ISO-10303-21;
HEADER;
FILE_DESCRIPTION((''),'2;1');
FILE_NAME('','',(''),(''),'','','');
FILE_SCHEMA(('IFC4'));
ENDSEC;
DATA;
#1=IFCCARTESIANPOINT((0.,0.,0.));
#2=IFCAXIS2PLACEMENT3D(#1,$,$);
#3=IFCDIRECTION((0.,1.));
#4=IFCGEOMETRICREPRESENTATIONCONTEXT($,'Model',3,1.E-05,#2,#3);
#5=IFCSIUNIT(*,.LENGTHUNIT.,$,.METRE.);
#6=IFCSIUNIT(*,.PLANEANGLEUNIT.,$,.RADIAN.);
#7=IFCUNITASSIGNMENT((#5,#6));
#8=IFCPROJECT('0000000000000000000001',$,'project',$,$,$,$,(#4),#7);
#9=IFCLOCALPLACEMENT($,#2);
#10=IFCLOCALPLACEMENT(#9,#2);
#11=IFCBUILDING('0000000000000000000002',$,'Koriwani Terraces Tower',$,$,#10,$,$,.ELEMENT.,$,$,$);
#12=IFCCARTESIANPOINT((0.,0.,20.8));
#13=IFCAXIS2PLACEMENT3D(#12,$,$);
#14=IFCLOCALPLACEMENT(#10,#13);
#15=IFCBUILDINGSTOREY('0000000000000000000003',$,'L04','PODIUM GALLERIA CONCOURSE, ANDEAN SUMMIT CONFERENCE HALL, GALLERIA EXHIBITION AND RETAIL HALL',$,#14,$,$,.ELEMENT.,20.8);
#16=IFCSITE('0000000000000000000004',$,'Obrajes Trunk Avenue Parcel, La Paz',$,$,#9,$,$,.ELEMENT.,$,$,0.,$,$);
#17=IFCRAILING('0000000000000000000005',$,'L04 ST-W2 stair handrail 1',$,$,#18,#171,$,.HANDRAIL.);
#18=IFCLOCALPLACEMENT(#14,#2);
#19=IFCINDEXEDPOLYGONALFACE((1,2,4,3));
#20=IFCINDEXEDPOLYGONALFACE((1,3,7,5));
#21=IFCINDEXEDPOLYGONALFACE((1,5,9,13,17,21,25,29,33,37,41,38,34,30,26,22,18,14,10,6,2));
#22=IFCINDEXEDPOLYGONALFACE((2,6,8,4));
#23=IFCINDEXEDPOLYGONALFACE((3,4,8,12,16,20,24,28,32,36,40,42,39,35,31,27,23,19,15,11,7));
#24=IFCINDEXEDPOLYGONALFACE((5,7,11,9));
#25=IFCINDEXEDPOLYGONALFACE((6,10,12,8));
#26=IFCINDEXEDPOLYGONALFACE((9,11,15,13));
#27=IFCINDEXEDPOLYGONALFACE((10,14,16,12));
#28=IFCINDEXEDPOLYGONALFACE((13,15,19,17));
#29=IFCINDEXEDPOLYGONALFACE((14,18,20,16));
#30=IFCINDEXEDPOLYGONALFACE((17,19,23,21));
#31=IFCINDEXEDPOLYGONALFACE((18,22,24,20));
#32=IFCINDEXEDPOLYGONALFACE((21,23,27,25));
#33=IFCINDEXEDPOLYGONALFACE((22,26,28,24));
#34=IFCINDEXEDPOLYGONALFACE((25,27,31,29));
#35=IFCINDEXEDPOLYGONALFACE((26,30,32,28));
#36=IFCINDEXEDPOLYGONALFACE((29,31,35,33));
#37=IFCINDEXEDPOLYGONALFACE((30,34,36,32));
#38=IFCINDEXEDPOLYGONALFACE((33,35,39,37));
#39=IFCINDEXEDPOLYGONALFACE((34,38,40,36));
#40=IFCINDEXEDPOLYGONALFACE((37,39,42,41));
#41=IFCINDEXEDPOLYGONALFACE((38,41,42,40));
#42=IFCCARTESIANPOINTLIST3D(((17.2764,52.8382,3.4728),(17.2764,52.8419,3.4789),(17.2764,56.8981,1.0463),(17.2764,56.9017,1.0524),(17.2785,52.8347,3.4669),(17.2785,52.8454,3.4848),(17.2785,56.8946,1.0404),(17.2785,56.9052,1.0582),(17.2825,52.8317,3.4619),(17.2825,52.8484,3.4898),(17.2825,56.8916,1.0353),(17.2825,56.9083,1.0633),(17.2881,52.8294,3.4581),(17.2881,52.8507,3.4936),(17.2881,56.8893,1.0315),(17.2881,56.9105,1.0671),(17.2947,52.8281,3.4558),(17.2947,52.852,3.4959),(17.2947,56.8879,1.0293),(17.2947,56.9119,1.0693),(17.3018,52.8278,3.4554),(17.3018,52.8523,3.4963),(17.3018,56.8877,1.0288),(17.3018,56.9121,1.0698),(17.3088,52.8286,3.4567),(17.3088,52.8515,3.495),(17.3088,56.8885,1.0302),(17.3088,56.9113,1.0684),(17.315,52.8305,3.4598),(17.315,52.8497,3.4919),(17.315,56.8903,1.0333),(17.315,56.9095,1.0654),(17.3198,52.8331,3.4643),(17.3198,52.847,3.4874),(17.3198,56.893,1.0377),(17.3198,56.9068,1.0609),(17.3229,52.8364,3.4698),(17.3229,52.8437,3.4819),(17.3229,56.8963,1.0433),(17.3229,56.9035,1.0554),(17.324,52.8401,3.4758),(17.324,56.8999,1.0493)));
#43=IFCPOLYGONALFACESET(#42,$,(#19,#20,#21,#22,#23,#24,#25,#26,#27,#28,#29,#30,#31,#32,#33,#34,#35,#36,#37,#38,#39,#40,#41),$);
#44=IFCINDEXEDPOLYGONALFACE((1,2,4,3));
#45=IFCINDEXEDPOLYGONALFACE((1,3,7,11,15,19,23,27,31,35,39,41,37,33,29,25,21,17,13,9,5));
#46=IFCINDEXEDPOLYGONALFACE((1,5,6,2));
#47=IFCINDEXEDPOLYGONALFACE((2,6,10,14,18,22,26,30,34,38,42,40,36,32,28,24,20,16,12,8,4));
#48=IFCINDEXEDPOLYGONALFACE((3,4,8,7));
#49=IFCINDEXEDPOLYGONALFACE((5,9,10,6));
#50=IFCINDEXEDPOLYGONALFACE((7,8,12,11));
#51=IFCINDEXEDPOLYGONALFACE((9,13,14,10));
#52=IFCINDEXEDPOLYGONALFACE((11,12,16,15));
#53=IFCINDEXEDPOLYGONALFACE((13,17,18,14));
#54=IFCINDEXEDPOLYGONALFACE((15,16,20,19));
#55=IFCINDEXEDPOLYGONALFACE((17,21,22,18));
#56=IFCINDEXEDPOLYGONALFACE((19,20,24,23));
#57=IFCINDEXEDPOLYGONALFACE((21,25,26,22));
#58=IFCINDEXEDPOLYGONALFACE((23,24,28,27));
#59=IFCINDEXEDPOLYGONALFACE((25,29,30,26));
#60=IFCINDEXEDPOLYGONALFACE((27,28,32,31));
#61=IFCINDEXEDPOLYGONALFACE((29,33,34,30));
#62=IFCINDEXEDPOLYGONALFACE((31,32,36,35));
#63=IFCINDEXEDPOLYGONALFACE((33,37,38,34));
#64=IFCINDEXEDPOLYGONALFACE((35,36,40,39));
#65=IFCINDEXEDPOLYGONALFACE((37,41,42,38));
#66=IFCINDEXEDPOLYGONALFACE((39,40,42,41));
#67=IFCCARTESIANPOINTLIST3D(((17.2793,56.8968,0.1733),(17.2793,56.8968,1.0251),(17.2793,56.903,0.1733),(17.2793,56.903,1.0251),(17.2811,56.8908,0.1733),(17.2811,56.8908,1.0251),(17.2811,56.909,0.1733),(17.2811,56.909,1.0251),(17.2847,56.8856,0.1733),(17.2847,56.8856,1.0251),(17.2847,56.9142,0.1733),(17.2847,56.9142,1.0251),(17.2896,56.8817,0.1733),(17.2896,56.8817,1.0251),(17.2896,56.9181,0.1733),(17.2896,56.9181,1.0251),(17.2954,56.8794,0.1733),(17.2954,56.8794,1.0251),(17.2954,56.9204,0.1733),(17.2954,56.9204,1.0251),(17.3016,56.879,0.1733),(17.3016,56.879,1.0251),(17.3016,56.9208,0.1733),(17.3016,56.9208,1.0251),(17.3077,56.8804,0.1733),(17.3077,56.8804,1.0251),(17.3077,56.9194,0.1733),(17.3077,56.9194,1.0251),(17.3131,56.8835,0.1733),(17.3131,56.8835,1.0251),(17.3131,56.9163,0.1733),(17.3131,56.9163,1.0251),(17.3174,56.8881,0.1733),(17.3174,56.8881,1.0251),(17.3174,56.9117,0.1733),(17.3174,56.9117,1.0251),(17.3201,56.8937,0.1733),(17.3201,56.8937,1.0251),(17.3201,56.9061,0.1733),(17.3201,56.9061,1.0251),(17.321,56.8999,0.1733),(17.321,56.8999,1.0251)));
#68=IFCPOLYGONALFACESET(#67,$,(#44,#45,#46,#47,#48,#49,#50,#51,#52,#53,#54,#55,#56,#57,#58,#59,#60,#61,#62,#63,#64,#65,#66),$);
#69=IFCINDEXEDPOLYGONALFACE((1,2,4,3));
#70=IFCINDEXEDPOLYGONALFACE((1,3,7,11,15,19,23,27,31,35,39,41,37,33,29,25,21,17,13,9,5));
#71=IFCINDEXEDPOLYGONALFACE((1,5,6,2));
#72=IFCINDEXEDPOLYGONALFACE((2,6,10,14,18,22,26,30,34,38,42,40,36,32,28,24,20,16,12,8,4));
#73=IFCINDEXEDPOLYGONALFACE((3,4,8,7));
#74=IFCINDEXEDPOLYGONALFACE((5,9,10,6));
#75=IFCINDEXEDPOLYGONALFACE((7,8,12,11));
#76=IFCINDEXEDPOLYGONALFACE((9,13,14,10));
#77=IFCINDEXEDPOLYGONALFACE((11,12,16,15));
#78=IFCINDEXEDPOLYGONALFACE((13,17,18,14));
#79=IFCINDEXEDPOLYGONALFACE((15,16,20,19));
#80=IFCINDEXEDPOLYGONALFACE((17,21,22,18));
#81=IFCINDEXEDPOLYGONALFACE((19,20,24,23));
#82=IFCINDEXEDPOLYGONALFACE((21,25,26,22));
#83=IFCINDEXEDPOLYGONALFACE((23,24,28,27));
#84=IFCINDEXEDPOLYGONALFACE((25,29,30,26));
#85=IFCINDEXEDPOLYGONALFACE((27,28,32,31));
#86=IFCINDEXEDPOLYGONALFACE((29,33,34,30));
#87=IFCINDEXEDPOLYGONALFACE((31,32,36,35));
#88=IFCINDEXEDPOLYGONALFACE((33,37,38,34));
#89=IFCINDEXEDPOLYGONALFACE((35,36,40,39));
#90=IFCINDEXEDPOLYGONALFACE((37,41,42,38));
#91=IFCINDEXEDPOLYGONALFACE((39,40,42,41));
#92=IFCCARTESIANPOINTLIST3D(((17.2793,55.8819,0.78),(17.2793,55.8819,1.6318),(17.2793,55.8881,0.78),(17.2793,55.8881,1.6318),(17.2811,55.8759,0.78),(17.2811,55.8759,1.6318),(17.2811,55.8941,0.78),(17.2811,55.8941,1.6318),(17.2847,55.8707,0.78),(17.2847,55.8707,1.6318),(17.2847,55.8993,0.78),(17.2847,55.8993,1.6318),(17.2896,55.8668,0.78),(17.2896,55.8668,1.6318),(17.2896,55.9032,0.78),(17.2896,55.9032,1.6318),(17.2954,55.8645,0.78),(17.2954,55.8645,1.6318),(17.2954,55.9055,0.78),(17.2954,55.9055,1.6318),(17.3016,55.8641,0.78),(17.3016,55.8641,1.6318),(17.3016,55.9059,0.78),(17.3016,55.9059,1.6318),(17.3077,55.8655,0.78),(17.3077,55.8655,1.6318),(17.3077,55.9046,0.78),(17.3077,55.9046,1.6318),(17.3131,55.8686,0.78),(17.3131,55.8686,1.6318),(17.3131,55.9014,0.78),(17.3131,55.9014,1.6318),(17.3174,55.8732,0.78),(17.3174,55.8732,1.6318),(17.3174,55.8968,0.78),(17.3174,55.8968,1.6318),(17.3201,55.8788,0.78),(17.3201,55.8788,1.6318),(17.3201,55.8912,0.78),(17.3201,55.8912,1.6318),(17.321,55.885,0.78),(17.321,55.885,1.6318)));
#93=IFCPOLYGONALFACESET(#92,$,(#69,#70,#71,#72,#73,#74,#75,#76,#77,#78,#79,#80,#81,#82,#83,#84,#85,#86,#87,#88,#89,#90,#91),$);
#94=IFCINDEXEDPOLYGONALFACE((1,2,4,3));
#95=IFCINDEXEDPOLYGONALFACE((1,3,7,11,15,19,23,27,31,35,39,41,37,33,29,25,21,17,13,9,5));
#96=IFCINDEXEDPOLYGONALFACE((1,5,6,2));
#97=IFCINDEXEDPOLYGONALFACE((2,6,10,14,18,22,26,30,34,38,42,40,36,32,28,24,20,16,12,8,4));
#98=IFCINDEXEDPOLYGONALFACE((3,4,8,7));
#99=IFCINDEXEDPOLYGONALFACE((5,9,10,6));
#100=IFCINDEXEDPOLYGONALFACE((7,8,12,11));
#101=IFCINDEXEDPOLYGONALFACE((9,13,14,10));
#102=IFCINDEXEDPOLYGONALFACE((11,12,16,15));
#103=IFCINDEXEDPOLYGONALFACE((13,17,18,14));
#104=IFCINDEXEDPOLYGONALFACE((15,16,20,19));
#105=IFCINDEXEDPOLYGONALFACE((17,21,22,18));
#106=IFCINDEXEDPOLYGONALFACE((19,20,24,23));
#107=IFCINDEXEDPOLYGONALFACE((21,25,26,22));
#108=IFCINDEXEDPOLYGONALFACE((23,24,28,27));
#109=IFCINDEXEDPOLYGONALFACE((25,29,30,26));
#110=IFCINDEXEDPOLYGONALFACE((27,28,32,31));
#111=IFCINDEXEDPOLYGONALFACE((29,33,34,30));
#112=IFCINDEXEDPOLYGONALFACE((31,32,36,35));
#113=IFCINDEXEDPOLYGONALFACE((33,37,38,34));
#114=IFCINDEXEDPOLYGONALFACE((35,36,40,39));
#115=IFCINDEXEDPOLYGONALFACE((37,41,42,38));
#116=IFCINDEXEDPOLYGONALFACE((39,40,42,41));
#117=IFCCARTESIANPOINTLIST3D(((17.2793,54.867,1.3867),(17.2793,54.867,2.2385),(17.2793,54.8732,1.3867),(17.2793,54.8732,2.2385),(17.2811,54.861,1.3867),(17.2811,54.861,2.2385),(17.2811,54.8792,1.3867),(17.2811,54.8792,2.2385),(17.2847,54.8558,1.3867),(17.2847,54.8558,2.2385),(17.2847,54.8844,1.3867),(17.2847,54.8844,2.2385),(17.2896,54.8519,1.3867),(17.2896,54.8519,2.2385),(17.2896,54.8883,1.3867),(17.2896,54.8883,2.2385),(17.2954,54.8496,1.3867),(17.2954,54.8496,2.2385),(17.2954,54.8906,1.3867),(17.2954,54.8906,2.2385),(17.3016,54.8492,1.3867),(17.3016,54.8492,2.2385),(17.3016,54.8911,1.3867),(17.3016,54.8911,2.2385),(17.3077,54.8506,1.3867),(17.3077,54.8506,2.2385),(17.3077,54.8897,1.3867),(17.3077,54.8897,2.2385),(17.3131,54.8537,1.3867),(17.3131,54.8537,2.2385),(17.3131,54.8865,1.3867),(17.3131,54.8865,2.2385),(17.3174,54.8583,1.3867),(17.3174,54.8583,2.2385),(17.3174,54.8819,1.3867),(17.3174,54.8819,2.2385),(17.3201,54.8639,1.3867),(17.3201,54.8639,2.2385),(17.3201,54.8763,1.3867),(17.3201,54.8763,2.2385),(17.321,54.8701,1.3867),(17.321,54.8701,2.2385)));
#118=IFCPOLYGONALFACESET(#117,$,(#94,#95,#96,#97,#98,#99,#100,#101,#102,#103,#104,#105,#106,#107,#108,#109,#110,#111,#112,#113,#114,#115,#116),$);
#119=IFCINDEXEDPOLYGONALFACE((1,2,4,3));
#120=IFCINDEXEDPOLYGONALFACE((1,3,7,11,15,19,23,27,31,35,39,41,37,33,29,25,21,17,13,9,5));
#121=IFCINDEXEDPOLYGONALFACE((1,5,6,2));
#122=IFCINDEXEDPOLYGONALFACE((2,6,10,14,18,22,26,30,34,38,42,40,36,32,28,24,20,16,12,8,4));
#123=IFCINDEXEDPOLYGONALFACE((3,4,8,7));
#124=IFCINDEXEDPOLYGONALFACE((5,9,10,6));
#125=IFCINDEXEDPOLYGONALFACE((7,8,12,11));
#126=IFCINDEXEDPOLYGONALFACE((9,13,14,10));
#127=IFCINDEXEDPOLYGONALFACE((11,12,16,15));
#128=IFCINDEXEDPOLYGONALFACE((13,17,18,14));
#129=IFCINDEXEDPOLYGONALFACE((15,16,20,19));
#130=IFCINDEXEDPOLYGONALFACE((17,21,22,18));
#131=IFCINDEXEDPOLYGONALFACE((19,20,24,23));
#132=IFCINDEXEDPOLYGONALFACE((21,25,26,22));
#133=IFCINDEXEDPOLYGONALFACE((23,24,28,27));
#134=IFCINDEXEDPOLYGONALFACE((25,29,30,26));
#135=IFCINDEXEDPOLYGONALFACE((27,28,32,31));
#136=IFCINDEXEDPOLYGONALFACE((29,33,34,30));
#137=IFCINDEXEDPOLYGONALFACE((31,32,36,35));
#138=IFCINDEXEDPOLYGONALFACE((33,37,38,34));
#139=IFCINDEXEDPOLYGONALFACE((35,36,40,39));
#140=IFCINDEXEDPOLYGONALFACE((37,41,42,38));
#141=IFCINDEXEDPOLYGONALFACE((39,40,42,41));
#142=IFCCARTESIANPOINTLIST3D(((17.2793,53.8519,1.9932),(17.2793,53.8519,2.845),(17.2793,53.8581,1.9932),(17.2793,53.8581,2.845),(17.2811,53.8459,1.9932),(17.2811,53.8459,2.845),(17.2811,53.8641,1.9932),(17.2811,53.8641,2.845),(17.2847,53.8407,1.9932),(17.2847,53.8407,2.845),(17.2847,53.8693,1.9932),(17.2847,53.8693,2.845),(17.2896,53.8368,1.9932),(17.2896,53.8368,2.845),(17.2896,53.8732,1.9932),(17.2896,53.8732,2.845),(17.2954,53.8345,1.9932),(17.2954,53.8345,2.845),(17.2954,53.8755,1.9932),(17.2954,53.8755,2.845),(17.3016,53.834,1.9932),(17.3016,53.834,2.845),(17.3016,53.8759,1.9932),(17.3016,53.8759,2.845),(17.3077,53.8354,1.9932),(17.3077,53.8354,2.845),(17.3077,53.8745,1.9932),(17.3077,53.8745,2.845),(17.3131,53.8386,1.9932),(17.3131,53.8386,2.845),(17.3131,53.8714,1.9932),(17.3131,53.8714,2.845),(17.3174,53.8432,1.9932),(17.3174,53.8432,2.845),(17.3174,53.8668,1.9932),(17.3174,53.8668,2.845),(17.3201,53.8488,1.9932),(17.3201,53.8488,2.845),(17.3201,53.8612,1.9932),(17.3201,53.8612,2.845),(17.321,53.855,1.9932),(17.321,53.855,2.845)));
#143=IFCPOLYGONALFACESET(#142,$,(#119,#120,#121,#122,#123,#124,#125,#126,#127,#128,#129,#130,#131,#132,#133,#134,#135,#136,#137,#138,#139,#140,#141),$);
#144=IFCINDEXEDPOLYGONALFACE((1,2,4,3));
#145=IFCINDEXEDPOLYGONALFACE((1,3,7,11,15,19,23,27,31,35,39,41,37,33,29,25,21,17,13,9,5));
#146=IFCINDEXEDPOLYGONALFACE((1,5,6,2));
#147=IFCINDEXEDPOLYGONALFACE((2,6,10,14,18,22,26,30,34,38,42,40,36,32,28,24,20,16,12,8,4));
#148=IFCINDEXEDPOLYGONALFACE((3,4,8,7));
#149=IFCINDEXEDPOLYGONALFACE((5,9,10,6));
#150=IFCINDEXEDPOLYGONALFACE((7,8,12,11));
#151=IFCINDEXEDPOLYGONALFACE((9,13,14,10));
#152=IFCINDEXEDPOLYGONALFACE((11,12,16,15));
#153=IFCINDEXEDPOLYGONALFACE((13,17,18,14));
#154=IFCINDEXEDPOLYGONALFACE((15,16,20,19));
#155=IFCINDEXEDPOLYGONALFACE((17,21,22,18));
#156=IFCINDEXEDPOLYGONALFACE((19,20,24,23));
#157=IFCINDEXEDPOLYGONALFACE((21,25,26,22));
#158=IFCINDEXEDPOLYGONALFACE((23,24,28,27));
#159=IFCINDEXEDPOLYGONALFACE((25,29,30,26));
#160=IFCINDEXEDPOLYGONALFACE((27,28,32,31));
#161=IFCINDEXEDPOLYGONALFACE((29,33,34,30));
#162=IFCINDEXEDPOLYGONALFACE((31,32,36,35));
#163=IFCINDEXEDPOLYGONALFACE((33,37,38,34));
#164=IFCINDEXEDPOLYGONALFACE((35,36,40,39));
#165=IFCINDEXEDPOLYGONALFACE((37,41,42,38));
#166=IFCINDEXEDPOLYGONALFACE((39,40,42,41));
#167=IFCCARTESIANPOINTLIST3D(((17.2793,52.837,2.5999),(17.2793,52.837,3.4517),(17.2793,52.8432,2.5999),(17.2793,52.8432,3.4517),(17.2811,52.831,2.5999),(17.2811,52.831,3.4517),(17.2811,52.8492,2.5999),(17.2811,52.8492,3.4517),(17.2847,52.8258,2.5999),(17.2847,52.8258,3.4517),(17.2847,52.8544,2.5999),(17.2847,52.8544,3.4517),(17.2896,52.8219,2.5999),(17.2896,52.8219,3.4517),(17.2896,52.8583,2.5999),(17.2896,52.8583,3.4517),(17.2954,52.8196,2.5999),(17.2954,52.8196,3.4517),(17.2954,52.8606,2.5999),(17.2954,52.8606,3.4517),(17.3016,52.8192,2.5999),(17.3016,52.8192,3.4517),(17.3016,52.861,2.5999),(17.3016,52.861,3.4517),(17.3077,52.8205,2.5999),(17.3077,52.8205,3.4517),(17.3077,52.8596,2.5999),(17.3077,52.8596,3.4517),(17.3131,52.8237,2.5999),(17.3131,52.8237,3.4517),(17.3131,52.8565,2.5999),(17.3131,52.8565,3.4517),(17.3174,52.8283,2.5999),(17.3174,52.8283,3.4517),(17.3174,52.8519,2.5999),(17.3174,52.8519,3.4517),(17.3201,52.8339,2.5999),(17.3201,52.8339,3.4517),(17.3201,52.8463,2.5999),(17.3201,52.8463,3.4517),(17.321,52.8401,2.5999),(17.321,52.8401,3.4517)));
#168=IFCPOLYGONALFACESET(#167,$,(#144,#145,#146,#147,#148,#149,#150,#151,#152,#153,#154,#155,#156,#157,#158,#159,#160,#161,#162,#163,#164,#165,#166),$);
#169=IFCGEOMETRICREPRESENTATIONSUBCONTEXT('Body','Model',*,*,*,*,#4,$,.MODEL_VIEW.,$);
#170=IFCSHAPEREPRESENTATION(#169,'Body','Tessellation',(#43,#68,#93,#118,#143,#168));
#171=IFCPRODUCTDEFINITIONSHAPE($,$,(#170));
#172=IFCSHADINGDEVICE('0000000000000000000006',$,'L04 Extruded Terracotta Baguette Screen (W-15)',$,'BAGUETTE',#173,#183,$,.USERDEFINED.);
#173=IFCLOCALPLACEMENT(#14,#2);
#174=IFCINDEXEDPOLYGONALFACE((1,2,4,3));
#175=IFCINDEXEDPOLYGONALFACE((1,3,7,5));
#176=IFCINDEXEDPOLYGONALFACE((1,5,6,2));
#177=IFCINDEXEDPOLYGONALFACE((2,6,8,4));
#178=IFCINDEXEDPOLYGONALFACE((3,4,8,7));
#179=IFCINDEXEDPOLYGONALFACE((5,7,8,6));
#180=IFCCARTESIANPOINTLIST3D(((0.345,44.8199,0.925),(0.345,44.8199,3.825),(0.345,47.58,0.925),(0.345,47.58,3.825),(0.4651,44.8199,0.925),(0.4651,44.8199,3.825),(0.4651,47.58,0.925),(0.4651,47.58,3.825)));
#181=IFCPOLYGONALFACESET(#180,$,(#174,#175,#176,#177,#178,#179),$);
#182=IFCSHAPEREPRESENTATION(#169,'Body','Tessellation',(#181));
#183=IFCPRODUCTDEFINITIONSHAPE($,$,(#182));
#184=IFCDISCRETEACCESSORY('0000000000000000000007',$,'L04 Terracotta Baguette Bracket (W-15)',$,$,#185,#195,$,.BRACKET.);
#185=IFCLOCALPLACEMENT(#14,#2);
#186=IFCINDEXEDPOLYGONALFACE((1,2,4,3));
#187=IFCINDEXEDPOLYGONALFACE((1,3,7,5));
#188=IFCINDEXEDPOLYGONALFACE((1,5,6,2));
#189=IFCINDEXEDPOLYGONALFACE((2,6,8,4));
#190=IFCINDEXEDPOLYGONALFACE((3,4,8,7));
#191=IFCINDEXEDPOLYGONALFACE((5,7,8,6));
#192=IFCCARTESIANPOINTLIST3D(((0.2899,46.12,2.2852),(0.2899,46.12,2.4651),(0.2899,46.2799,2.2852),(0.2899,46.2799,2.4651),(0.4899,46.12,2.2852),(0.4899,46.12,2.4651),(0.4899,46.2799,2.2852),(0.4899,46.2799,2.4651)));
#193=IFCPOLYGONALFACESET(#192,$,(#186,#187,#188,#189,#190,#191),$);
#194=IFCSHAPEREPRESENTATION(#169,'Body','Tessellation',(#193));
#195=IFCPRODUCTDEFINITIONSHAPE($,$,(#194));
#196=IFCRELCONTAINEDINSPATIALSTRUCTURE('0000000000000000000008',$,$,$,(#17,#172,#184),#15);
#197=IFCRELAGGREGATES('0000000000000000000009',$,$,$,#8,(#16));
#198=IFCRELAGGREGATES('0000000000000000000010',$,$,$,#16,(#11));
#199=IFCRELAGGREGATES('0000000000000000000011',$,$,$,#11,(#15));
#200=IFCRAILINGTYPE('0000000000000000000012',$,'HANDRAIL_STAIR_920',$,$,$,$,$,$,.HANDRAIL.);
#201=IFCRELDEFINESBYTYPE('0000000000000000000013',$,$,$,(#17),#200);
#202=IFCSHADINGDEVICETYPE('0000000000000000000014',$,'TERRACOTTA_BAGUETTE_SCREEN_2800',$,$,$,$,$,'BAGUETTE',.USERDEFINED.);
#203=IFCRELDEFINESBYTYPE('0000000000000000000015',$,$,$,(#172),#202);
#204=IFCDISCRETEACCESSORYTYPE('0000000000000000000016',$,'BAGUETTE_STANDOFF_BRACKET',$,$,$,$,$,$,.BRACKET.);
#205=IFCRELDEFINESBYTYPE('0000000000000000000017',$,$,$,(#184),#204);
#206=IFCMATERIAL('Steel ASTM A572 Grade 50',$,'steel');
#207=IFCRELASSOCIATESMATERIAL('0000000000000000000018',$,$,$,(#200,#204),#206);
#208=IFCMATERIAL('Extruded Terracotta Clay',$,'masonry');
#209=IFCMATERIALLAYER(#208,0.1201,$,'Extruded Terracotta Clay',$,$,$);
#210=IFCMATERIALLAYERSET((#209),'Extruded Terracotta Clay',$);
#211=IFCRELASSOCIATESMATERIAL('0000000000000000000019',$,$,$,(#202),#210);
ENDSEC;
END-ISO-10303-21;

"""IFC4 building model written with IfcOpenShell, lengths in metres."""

from ifc_helpers import new_model, si_unit, direction, frame, origin, origin_2d, place, context, subcontext, project, spatial, rectangle, circle, extrude, material, layer, layer_set, type_object, element, save


model = new_model("IFC4")

# Units and contexts
model_context = context("Model", 3, precision=1e-05, world=origin(), true_north=direction((0.0, 1.0)))
body_context = subcontext(model_context, "Body", "Model", "MODEL_VIEW")
ifc_project = project(units=[si_unit("LENGTHUNIT", "METRE"), si_unit("PLANEANGLEUNIT", "RADIAN")], contexts=[model_context])

# Site, building, storey
site_placement = place(None, origin())
site = spatial("IfcSite", under=ifc_project, at=site_placement, Name="Obrajes Trunk Avenue Parcel, La Paz", CompositionType="ELEMENT", RefElevation=0.0)
building_placement = place(site_placement, origin())
building = spatial("IfcBuilding", under=site, at=building_placement, Name="Koriwani Terraces Tower", CompositionType="ELEMENT")
storey_placement = place(building_placement, frame((0.0, 0.0, 20.8)))
storey = spatial("IfcBuildingStorey", under=building, at=storey_placement, Name="L04", Description="PODIUM GALLERIA CONCOURSE, ANDEAN SUMMIT CONFERENCE HALL, GALLERIA EXHIBITION AND RETAIL HALL", CompositionType="ELEMENT", Elevation=20.8)

# Shared definitions
ifc_material_1 = material(Name="Steel ASTM A572 Grade 50", Category="steel")

# Railing
railing_type_1 = type_object("IfcRailingType", Name="HANDRAIL_STAIR_920", PredefinedType="HANDRAIL", material=ifc_material_1)
railing_1_placement = place(storey_placement, frame((17.3, 56.8999, 0.1733)))
element("IfcRailing", 1, at=railing_1_placement, inside=storey, type_object=railing_type_1, Name="L04 ST-W2 stair handrail 1", PredefinedType="HANDRAIL", context=body_context, shape_type="SweptSolid", body=[
    extrude(circle(Radius=0.0239, at=origin_2d()), frame((0.0, 0.0, 0.876), z_axis=(0.0, -0.858366, 0.513038), x_axis=(1.0, 0.0, 0.0)), (0.0, 0.0, 1.0), 4.7297),
    extrude(circle(Radius=0.021, at=origin_2d()), origin(), (0.0, 0.0, 1.0), 0.8518),
    extrude(circle(Radius=0.021, at=origin_2d()), frame((0.0, -1.0149, 0.6067)), (0.0, 0.0, 1.0), 0.8518),
    extrude(circle(Radius=0.021, at=origin_2d()), frame((0.0, -2.0298, 1.2134)), (0.0, 0.0, 1.0), 0.8518),
    extrude(circle(Radius=0.021, at=origin_2d()), frame((0.0, -3.0449, 1.8198)), (0.0, 0.0, 1.0), 0.8518),
    extrude(circle(Radius=0.021, at=origin_2d()), frame((0.0, -4.0598, 2.4265)), (0.0, 0.0, 1.0), 0.8518),
])

# Shading device
ifc_material_2 = material(Name="Extruded Terracotta Clay", Category="masonry")
ifc_layer_1 = layer(ifc_material_2, 0.1201, Name="Extruded Terracotta Clay")
ifc_layer_set_1 = layer_set([ifc_layer_1], Name="Extruded Terracotta Clay")
shading_device_type = type_object("IfcShadingDeviceType", Name="TERRACOTTA_BAGUETTE_SCREEN_2800", ElementType="BAGUETTE", PredefinedType="USERDEFINED", material=ifc_layer_set_1)
shading_device_placement = place(storey_placement, frame((0.405, 46.2, 0.925), z_axis=(0.0, 0.0, 1.0), x_axis=(0.0, 1.0, 0.0)))
element("IfcShadingDevice", 2, at=shading_device_placement, inside=storey, type_object=shading_device_type, Name="L04 Extruded Terracotta Baguette Screen (W-15)", ObjectType="BAGUETTE", PredefinedType="USERDEFINED", context=body_context, shape_type="SweptSolid", body=[
    extrude(rectangle(XDim=2.76, YDim=0.1201, at=origin_2d()), origin(), (0.0, 0.0, 1.0), 2.8999),
])

# Discrete accessory
discrete_accessory_type = type_object("IfcDiscreteAccessoryType", Name="BAGUETTE_STANDOFF_BRACKET", PredefinedType="BRACKET", material=ifc_material_1)
discrete_accessory_placement = place(storey_placement, frame((0.3899, 46.2, 2.2852), z_axis=(0.0, 0.0, 1.0), x_axis=(0.0, 1.0, 0.0)))
element("IfcDiscreteAccessory", 3, at=discrete_accessory_placement, inside=storey, type_object=discrete_accessory_type, Name="L04 Terracotta Baguette Bracket (W-15)", PredefinedType="BRACKET", context=body_context, shape_type="SweptSolid", body=[
    extrude(rectangle(XDim=0.1599, YDim=0.2, at=origin_2d()), origin(), (0.0, 0.0, 1.0), 0.1799),
])

save(model, "model.ifc")
